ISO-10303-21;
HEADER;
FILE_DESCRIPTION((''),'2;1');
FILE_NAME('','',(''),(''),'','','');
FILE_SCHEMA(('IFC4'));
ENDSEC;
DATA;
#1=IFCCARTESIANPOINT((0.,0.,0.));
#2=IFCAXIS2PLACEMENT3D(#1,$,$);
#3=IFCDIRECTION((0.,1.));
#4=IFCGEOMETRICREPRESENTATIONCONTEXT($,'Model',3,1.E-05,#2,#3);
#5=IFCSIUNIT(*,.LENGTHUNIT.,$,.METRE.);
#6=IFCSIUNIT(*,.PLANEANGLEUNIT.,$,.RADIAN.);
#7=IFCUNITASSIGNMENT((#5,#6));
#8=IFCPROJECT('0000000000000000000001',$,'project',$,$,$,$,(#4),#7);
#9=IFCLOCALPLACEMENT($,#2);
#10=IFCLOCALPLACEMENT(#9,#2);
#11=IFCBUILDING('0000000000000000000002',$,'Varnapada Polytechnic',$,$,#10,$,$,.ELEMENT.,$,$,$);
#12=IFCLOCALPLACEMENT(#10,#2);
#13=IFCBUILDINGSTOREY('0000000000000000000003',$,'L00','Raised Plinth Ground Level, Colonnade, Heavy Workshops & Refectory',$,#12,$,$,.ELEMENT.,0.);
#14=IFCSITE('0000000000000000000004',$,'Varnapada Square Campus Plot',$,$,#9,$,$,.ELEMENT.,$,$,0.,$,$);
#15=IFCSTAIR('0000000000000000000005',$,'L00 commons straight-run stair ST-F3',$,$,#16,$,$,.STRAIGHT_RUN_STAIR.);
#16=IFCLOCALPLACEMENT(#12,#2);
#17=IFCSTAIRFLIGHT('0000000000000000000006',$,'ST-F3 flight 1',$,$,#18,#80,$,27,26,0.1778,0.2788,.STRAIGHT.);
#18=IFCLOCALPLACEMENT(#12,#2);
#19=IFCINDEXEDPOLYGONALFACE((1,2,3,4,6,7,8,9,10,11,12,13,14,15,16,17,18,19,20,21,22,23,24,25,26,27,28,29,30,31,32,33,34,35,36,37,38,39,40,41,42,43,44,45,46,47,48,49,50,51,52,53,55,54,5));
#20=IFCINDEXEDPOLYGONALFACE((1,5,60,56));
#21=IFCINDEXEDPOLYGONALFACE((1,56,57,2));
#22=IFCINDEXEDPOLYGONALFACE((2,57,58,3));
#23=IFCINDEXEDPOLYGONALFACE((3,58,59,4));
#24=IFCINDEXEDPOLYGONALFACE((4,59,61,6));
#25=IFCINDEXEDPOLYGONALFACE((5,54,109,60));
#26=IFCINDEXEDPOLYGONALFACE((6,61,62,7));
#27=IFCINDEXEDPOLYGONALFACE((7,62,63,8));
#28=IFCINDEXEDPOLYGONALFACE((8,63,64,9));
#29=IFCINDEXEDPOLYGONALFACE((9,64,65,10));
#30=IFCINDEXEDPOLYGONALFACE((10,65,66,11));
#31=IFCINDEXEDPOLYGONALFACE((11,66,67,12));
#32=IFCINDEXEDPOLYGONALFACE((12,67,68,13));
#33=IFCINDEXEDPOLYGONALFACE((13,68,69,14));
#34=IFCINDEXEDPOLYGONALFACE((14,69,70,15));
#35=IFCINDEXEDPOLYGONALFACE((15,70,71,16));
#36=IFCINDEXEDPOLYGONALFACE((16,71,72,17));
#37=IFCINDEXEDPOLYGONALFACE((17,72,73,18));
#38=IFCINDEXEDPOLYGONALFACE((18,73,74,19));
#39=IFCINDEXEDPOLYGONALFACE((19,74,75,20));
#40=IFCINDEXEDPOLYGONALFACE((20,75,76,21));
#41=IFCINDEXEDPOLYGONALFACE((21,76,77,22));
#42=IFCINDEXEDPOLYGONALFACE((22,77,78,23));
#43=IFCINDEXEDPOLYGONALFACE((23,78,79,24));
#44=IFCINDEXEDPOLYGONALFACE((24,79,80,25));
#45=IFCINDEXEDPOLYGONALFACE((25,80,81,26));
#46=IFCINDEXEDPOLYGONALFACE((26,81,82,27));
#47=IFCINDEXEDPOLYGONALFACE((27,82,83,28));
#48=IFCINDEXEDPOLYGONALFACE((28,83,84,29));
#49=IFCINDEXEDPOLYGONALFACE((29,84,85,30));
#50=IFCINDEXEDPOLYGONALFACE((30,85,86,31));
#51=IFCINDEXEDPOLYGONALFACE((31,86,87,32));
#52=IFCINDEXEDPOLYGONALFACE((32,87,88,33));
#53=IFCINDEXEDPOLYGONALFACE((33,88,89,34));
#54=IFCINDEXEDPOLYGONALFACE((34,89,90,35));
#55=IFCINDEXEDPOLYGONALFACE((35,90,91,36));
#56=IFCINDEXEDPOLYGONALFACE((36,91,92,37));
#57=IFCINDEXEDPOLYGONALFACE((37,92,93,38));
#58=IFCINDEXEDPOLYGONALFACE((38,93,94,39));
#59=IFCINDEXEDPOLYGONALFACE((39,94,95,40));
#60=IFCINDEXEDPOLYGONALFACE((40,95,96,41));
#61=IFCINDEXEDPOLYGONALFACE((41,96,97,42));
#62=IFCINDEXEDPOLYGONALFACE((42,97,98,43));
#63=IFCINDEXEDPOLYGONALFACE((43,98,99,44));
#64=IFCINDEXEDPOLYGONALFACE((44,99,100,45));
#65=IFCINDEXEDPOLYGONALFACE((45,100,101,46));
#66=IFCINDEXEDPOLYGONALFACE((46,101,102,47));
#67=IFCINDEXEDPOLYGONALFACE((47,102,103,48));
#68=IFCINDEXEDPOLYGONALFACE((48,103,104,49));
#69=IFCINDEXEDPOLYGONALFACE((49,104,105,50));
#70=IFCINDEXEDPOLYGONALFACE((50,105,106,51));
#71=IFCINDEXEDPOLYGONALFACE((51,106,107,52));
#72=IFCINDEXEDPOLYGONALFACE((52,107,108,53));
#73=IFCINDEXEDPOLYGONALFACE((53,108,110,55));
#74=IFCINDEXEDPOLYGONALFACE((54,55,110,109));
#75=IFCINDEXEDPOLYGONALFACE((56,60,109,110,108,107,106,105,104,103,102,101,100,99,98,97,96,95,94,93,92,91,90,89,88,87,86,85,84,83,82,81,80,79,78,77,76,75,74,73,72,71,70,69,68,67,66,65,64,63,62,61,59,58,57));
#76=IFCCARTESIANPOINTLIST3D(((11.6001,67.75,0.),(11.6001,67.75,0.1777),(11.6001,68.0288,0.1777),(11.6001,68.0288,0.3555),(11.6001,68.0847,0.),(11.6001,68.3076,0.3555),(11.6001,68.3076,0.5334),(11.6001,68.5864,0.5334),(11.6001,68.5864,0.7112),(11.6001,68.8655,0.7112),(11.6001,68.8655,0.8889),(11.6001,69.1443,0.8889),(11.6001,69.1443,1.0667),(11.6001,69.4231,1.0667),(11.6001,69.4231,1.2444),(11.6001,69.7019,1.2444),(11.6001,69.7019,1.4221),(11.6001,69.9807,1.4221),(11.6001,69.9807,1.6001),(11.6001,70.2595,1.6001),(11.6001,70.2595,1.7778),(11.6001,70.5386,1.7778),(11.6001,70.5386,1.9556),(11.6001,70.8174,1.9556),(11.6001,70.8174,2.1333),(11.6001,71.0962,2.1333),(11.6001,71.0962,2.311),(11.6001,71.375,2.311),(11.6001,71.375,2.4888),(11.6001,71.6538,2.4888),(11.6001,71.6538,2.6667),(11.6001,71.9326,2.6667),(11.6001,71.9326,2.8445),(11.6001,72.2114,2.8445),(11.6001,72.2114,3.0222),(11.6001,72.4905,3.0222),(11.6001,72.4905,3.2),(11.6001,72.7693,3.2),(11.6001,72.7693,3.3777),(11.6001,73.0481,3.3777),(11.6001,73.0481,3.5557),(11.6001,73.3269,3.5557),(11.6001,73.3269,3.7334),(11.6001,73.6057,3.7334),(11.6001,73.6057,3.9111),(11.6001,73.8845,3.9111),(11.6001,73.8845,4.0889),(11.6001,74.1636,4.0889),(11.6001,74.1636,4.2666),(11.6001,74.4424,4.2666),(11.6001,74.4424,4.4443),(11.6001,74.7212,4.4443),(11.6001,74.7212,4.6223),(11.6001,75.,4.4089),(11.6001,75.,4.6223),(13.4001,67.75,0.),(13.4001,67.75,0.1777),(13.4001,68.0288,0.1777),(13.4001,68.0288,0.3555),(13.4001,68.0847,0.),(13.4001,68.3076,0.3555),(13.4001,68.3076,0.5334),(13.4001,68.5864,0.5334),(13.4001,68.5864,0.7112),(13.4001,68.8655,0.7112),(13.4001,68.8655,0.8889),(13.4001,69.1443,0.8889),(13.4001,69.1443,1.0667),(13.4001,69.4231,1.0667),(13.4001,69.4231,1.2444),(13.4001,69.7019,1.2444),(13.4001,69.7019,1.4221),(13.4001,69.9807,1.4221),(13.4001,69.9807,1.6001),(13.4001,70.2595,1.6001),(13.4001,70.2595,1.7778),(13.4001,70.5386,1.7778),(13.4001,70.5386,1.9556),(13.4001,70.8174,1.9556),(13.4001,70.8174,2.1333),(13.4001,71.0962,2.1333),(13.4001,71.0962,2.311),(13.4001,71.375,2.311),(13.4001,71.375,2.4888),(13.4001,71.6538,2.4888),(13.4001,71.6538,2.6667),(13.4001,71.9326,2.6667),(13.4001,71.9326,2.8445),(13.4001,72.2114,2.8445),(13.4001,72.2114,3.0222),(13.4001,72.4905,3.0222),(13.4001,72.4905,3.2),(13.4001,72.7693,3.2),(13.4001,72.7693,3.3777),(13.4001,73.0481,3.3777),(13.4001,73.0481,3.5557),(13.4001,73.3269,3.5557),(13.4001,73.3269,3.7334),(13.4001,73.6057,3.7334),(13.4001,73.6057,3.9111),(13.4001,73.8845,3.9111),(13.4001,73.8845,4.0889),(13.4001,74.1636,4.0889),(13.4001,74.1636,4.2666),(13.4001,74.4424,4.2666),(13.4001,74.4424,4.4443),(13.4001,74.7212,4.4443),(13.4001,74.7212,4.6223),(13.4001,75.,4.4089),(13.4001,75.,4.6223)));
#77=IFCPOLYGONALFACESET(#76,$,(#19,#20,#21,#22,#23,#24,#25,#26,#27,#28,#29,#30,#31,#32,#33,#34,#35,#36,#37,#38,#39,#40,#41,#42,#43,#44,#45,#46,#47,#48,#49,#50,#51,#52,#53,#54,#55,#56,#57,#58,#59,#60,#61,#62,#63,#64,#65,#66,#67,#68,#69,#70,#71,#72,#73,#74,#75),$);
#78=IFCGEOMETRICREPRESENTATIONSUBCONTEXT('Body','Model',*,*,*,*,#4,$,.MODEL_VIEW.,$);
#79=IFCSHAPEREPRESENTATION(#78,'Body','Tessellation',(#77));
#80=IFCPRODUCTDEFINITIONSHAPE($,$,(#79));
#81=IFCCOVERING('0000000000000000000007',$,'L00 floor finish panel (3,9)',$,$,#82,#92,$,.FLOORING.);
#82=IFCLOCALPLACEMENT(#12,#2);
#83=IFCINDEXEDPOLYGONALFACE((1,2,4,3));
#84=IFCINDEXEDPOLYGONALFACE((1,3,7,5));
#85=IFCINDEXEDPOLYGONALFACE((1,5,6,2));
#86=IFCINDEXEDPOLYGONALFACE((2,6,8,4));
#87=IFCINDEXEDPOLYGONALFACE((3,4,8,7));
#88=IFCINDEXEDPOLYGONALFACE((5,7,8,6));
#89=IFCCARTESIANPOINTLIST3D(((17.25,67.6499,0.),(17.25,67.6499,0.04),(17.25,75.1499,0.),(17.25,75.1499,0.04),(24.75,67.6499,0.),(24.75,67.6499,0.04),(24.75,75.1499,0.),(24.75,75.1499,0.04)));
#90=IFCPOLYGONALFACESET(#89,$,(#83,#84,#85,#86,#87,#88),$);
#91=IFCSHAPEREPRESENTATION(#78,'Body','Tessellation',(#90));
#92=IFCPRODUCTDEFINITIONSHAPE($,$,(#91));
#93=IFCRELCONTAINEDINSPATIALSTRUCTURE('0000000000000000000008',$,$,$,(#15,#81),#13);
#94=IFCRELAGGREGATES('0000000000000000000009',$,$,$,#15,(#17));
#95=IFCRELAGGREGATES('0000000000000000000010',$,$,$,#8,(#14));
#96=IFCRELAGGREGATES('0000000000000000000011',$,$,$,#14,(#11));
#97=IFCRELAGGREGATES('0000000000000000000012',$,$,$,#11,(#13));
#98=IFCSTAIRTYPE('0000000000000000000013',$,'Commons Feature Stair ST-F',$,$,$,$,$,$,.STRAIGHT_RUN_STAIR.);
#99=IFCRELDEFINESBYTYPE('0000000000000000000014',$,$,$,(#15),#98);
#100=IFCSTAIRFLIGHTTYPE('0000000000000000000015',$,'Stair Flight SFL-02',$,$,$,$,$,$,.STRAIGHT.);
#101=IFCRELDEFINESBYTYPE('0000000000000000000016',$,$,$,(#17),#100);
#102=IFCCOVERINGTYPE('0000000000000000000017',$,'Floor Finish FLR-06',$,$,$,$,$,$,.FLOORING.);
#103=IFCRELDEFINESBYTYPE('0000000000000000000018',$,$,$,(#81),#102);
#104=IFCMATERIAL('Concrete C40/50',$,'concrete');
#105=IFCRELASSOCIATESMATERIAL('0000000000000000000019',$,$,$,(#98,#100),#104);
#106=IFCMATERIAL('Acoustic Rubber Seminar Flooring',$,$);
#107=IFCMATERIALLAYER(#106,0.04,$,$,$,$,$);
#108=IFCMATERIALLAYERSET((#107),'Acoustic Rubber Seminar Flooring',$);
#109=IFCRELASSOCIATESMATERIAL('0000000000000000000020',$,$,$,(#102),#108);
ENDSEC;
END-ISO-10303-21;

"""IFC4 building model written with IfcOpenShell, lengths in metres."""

from ifc_helpers import new_model, si_unit, direction, frame, origin, origin_2d, place, context, subcontext, project, spatial, polyline, rectangle, outline, extrude, material, layer, layer_set, type_object, element, aggregate, save


model = new_model("IFC4")

# Units and contexts
model_context = context("Model", 3, precision=1e-05, world=origin(), true_north=direction((0.0, 1.0)))
body_context = subcontext(model_context, "Body", "Model", "MODEL_VIEW")
ifc_project = project(units=[si_unit("LENGTHUNIT", "METRE"), si_unit("PLANEANGLEUNIT", "RADIAN")], contexts=[model_context])

# Site, building, storey
site_placement = place(None, origin())
site = spatial("IfcSite", under=ifc_project, at=site_placement, Name="Varnapada Square Campus Plot", CompositionType="ELEMENT", RefElevation=0.0)
building_placement = place(site_placement, origin())
building = spatial("IfcBuilding", under=site, at=building_placement, Name="Varnapada Polytechnic", CompositionType="ELEMENT")
storey_placement = place(building_placement, origin())
storey = spatial("IfcBuildingStorey", under=building, at=storey_placement, Name="L00", Description="Raised Plinth Ground Level, Colonnade, Heavy Workshops & Refectory", CompositionType="ELEMENT", Elevation=0.0)

# Shared definitions
ifc_material_1 = material(Name="Concrete C40/50", Category="concrete")

# Stair, stair flight
stair_type = type_object("IfcStairType", Name="Commons Feature Stair ST-F", PredefinedType="STRAIGHT_RUN_STAIR", material=ifc_material_1)
stair_placement = place(storey_placement, origin())
stair = element("IfcStair", 1, at=stair_placement, inside=storey, type_object=stair_type, Name="L00 commons straight-run stair ST-F3", PredefinedType="STRAIGHT_RUN_STAIR")
stair_flight_type = type_object("IfcStairFlightType", Name="Stair Flight SFL-02", PredefinedType="STRAIGHT", material=ifc_material_1)
stair_flight_placement = place(storey_placement, frame((12.5, 67.75, 0.0), z_axis=(0.0, 0.0, 1.0), x_axis=(0.0, 1.0, 0.0)))
stair_flight = element("IfcStairFlight", 2, at=stair_flight_placement, type_object=stair_flight_type, Name="ST-F3 flight 1", NumberOfRisers=27, NumberOfTreads=26, PredefinedType="STRAIGHT", RiserHeight=0.1778, TreadLength=0.2788, context=body_context, shape_type="SweptSolid", body=[
    extrude(outline(polyline([(0.0, 0.0), (0.0, 0.1777), (0.2788, 0.1777), (0.2788, 0.3555), (0.5576, 0.3555), (0.5576, 0.5334), (0.8364, 0.5334), (0.8364, 0.7112), (1.1155, 0.7112), (1.1155, 0.8889), (1.3943, 0.8889), (1.3943, 1.0667), (1.6731, 1.0667), (1.6731, 1.2444), (1.9519, 1.2444), (1.9519, 1.4221), (2.2307, 1.4221), (2.2307, 1.6001), (2.5095, 1.6001), (2.5095, 1.7778), (2.7886, 1.7778), (2.7886, 1.9556), (3.0674, 1.9556), (3.0674, 2.1333), (3.3462, 2.1333), (3.3462, 2.311), (3.625, 2.311), (3.625, 2.4888), (3.9038, 2.4888), (3.9038, 2.6667), (4.1826, 2.6667), (4.1826, 2.8445), (4.4614, 2.8445), (4.4614, 3.0222), (4.7405, 3.0222), (4.7405, 3.2), (5.0193, 3.2), (5.0193, 3.3777), (5.2981, 3.3777), (5.2981, 3.5557), (5.5769, 3.5557), (5.5769, 3.7334), (5.8557, 3.7334), (5.8557, 3.9111), (6.1345, 3.9111), (6.1345, 4.0889), (6.4136, 4.0889), (6.4136, 4.2666), (6.6924, 4.2666), (6.6924, 4.4443), (6.9712, 4.4443), (6.9712, 4.6223), (7.25, 4.6223), (7.25, 4.8), (7.25, 4.4089), (0.3347, 0.0), (0.0, 0.0)])), frame((0.0, 0.8999, 0.0), z_axis=(0.0, -1.0, 0.0), x_axis=(1.0, 0.0, 0.0)), (0.0, 0.0, 1.0), 1.8),
])
aggregate(stair, [stair_flight])

# Covering
ifc_material_2 = material(Name="Acoustic Rubber Seminar Flooring")
ifc_layer_1 = layer(ifc_material_2, 0.04)
ifc_layer_set_1 = layer_set([ifc_layer_1], Name="Acoustic Rubber Seminar Flooring")
covering_type = type_object("IfcCoveringType", Name="Floor Finish FLR-06", PredefinedType="FLOORING", material=ifc_layer_set_1)
covering_placement = place(storey_placement, frame((21.0, 71.3999, 0.0), z_axis=(0.0, 0.0, 1.0), x_axis=(1.0, 0.0, 0.0)))
element("IfcCovering", 3, at=covering_placement, inside=storey, type_object=covering_type, Name="L00 floor finish panel (3,9)", PredefinedType="FLOORING", context=body_context, shape_type="SweptSolid", body=[
    extrude(rectangle(XDim=7.5, YDim=7.5, at=origin_2d()), origin(), (0.0, 0.0, 1.0), 0.04),
])

save(model, "model.ifc")
